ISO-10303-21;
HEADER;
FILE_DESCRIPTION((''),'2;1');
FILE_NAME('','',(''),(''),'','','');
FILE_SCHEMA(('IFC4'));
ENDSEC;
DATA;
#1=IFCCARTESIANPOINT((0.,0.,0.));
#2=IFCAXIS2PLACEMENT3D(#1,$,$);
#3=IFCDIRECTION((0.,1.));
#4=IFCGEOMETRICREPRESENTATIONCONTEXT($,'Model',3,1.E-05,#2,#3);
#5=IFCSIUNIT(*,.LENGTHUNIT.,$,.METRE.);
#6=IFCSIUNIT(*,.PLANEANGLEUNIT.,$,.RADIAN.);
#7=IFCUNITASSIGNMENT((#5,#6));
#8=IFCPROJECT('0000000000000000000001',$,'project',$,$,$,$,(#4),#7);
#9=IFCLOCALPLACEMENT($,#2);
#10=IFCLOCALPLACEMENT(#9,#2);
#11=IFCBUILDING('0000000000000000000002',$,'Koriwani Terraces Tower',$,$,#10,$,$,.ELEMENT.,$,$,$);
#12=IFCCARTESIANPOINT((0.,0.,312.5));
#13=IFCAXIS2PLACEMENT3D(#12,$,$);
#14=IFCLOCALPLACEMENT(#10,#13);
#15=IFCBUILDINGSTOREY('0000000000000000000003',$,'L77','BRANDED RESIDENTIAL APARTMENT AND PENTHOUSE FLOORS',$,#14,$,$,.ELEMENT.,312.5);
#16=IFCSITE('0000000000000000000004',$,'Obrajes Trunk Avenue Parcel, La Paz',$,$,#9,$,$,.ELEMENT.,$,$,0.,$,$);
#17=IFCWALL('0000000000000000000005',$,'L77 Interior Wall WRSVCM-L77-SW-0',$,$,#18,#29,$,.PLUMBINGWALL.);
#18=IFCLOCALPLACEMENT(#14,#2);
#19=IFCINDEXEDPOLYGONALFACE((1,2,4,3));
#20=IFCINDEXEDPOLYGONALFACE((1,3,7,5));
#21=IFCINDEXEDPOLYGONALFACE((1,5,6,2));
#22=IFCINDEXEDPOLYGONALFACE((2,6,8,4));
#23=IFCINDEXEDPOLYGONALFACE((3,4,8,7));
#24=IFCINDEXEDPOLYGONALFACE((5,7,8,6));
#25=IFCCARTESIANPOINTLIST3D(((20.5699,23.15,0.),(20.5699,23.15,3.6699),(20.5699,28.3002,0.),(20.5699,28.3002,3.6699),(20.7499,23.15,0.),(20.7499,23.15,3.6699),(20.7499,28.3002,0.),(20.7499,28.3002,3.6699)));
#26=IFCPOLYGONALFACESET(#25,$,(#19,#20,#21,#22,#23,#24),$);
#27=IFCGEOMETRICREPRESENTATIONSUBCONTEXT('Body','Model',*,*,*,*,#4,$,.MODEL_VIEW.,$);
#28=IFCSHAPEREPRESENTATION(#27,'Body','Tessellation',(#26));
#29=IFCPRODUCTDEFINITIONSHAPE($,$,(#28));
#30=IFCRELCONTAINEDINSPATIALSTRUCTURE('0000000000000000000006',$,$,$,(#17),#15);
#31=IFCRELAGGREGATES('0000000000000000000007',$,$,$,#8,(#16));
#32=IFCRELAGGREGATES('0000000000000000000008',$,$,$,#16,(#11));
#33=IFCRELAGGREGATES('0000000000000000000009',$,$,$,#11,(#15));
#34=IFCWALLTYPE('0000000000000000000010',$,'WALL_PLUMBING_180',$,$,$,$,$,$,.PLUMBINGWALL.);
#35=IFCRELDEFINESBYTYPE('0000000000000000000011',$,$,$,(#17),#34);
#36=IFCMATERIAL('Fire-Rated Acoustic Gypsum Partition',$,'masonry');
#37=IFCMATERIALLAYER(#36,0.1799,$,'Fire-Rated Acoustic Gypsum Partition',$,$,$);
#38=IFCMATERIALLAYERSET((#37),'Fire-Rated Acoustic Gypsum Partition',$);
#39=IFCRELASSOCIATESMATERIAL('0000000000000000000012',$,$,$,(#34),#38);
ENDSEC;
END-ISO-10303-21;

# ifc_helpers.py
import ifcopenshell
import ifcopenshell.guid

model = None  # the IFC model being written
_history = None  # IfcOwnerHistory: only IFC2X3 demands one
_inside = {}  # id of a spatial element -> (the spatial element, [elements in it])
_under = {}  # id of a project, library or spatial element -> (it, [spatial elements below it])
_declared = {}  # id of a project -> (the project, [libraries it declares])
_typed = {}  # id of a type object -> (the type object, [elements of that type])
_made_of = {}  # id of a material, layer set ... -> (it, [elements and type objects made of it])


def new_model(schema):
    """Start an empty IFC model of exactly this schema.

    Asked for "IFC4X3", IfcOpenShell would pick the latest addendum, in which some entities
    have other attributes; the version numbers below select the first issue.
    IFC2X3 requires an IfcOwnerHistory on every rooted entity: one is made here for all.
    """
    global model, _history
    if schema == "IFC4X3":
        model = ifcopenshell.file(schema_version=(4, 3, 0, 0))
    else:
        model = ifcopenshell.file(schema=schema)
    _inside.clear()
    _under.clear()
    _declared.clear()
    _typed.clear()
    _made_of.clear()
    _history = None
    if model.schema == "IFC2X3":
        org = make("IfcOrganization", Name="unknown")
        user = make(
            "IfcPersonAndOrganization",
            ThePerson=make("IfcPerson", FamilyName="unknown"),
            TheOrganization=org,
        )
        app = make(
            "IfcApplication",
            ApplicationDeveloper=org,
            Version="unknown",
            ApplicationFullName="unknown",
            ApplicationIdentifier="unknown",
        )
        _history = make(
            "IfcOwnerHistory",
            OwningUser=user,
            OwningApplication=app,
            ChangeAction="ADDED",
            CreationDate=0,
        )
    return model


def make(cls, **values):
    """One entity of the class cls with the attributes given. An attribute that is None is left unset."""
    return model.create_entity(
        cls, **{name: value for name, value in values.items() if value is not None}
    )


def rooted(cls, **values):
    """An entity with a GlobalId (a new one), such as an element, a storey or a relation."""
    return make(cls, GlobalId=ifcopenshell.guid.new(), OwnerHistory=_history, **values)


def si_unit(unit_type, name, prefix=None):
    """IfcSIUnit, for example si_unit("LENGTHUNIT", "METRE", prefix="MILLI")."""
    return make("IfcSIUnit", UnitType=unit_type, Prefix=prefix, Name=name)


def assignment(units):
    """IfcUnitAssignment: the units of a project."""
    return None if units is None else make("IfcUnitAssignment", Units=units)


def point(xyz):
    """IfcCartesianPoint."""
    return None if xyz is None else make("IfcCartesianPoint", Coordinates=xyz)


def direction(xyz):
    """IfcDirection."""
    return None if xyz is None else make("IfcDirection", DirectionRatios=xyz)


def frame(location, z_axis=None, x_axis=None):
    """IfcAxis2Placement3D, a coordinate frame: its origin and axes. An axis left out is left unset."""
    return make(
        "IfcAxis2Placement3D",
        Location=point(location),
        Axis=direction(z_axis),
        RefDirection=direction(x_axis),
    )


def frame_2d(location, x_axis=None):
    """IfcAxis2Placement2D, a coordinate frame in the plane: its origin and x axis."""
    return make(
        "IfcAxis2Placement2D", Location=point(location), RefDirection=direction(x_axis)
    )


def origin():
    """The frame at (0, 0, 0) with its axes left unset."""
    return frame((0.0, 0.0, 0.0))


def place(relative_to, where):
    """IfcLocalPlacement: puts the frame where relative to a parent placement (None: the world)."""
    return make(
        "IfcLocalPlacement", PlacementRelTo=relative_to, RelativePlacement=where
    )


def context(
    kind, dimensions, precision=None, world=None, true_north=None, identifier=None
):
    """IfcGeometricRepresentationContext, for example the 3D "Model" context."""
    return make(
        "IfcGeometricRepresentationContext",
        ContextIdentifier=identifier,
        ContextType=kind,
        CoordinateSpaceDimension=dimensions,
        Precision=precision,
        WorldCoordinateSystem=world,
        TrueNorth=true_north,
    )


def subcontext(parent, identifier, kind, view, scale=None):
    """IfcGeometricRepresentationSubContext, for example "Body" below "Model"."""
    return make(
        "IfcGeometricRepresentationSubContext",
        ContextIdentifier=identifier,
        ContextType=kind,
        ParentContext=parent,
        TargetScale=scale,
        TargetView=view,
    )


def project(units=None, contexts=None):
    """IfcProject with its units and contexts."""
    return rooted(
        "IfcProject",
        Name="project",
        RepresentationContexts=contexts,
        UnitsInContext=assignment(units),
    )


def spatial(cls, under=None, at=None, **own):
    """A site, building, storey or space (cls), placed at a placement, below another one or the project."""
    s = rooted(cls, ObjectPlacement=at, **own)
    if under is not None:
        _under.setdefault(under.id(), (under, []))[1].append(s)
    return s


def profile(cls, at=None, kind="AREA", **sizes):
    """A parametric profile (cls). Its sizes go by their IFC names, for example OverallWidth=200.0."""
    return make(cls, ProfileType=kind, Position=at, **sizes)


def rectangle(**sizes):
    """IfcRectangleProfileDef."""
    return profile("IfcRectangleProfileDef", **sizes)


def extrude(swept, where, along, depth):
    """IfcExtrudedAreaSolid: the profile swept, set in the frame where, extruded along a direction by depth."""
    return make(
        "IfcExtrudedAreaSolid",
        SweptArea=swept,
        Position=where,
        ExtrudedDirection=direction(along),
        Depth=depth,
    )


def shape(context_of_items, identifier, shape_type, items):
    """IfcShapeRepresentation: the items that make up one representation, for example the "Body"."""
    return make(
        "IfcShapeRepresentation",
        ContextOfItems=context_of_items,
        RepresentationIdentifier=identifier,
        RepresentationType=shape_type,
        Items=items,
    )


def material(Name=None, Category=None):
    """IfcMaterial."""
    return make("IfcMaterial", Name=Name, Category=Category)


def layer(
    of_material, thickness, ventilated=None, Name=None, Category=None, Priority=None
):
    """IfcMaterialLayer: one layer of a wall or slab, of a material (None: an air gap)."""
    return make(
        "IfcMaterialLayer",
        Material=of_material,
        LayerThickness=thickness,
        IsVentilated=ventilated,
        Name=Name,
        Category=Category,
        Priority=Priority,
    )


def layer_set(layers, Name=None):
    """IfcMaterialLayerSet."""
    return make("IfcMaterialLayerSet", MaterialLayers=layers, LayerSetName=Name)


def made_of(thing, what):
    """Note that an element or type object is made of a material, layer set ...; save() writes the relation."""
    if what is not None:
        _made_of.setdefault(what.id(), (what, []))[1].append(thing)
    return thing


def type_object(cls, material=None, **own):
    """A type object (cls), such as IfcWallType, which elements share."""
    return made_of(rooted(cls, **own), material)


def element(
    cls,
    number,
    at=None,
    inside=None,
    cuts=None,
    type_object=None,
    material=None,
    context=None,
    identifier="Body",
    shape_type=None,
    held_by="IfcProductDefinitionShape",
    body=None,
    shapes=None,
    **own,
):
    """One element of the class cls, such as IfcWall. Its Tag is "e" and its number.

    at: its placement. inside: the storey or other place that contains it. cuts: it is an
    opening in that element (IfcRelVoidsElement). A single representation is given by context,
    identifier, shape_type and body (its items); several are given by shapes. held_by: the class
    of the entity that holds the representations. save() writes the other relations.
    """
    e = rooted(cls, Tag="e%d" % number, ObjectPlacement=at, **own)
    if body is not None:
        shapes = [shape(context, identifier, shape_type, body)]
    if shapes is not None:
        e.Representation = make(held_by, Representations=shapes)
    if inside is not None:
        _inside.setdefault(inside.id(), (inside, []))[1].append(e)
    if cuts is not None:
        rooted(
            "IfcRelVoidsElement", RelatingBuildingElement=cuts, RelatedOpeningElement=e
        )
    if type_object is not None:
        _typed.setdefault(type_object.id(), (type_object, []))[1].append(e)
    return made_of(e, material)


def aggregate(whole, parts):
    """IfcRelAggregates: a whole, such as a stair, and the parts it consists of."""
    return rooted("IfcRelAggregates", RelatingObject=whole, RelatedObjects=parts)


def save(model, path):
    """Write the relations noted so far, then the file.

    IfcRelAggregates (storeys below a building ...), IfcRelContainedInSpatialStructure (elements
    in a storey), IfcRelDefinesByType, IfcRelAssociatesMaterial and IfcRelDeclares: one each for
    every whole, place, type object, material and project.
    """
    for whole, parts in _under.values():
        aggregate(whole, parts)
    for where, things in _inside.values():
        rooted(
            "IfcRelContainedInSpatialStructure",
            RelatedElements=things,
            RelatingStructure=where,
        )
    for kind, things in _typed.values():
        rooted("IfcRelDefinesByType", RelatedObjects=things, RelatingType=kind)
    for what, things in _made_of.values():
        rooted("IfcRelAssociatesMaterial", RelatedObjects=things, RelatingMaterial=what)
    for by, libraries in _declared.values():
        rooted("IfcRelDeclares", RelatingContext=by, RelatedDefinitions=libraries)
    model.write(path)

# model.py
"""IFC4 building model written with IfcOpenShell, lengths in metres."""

from ifc_helpers import new_model, si_unit, direction, frame, frame_2d, origin, place, context, subcontext, project, spatial, rectangle, extrude, material, layer, layer_set, type_object, element, save


model = new_model("IFC4")

# Units and contexts
model_context = context("Model", 3, precision=1e-05, world=origin(), true_north=direction((0.0, 1.0)))
body_context = subcontext(model_context, "Body", "Model", "MODEL_VIEW")
ifc_project = project(units=[si_unit("LENGTHUNIT", "METRE"), si_unit("PLANEANGLEUNIT", "RADIAN")], contexts=[model_context])

# Site, building, storey
site_placement = place(None, origin())
site = spatial("IfcSite", under=ifc_project, at=site_placement, Name="Obrajes Trunk Avenue Parcel, La Paz", CompositionType="ELEMENT", RefElevation=0.0)
building_placement = place(site_placement, origin())
building = spatial("IfcBuilding", under=site, at=building_placement, Name="Koriwani Terraces Tower", CompositionType="ELEMENT")
storey_placement = place(building_placement, frame((0.0, 0.0, 312.5)))
storey = spatial("IfcBuildingStorey", under=building, at=storey_placement, Name="L77", Description="BRANDED RESIDENTIAL APARTMENT AND PENTHOUSE FLOORS", CompositionType="ELEMENT", Elevation=312.5)

# Shared definitions
ifc_material_1 = material(Name="Fire-Rated Acoustic Gypsum Partition", Category="masonry")
ifc_layer_1 = layer(ifc_material_1, 0.1799, Name="Fire-Rated Acoustic Gypsum Partition")
ifc_layer_set_1 = layer_set([ifc_layer_1], Name="Fire-Rated Acoustic Gypsum Partition")
wall_type_1 = type_object("IfcWallType", Name="WALL_PLUMBING_180", PredefinedType="PLUMBINGWALL", material=ifc_layer_set_1)

# Wall
for number, where, z_axis, x_axis, name in (
    (1, (20.6599, 23.1499, 0.0), (0.0, 0.0, 1.0), (0.0, 1.0, 0.0), "L77 Interior Wall WRSVCM-L77-SW-0"),
):
    element("IfcWall", number, at=place(storey_placement, frame(where, z_axis=z_axis, x_axis=x_axis)), inside=storey, type_object=wall_type_1, Name=name, PredefinedType="PLUMBINGWALL", context=body_context, shape_type="SweptSolid", body=[
        extrude(rectangle(XDim=5.1501, YDim=0.1799, at=frame_2d((2.5752, 0.0))), origin(), (0.0, 0.0, 1.0), 3.6699),
    ])

save(model, "model.ifc")
